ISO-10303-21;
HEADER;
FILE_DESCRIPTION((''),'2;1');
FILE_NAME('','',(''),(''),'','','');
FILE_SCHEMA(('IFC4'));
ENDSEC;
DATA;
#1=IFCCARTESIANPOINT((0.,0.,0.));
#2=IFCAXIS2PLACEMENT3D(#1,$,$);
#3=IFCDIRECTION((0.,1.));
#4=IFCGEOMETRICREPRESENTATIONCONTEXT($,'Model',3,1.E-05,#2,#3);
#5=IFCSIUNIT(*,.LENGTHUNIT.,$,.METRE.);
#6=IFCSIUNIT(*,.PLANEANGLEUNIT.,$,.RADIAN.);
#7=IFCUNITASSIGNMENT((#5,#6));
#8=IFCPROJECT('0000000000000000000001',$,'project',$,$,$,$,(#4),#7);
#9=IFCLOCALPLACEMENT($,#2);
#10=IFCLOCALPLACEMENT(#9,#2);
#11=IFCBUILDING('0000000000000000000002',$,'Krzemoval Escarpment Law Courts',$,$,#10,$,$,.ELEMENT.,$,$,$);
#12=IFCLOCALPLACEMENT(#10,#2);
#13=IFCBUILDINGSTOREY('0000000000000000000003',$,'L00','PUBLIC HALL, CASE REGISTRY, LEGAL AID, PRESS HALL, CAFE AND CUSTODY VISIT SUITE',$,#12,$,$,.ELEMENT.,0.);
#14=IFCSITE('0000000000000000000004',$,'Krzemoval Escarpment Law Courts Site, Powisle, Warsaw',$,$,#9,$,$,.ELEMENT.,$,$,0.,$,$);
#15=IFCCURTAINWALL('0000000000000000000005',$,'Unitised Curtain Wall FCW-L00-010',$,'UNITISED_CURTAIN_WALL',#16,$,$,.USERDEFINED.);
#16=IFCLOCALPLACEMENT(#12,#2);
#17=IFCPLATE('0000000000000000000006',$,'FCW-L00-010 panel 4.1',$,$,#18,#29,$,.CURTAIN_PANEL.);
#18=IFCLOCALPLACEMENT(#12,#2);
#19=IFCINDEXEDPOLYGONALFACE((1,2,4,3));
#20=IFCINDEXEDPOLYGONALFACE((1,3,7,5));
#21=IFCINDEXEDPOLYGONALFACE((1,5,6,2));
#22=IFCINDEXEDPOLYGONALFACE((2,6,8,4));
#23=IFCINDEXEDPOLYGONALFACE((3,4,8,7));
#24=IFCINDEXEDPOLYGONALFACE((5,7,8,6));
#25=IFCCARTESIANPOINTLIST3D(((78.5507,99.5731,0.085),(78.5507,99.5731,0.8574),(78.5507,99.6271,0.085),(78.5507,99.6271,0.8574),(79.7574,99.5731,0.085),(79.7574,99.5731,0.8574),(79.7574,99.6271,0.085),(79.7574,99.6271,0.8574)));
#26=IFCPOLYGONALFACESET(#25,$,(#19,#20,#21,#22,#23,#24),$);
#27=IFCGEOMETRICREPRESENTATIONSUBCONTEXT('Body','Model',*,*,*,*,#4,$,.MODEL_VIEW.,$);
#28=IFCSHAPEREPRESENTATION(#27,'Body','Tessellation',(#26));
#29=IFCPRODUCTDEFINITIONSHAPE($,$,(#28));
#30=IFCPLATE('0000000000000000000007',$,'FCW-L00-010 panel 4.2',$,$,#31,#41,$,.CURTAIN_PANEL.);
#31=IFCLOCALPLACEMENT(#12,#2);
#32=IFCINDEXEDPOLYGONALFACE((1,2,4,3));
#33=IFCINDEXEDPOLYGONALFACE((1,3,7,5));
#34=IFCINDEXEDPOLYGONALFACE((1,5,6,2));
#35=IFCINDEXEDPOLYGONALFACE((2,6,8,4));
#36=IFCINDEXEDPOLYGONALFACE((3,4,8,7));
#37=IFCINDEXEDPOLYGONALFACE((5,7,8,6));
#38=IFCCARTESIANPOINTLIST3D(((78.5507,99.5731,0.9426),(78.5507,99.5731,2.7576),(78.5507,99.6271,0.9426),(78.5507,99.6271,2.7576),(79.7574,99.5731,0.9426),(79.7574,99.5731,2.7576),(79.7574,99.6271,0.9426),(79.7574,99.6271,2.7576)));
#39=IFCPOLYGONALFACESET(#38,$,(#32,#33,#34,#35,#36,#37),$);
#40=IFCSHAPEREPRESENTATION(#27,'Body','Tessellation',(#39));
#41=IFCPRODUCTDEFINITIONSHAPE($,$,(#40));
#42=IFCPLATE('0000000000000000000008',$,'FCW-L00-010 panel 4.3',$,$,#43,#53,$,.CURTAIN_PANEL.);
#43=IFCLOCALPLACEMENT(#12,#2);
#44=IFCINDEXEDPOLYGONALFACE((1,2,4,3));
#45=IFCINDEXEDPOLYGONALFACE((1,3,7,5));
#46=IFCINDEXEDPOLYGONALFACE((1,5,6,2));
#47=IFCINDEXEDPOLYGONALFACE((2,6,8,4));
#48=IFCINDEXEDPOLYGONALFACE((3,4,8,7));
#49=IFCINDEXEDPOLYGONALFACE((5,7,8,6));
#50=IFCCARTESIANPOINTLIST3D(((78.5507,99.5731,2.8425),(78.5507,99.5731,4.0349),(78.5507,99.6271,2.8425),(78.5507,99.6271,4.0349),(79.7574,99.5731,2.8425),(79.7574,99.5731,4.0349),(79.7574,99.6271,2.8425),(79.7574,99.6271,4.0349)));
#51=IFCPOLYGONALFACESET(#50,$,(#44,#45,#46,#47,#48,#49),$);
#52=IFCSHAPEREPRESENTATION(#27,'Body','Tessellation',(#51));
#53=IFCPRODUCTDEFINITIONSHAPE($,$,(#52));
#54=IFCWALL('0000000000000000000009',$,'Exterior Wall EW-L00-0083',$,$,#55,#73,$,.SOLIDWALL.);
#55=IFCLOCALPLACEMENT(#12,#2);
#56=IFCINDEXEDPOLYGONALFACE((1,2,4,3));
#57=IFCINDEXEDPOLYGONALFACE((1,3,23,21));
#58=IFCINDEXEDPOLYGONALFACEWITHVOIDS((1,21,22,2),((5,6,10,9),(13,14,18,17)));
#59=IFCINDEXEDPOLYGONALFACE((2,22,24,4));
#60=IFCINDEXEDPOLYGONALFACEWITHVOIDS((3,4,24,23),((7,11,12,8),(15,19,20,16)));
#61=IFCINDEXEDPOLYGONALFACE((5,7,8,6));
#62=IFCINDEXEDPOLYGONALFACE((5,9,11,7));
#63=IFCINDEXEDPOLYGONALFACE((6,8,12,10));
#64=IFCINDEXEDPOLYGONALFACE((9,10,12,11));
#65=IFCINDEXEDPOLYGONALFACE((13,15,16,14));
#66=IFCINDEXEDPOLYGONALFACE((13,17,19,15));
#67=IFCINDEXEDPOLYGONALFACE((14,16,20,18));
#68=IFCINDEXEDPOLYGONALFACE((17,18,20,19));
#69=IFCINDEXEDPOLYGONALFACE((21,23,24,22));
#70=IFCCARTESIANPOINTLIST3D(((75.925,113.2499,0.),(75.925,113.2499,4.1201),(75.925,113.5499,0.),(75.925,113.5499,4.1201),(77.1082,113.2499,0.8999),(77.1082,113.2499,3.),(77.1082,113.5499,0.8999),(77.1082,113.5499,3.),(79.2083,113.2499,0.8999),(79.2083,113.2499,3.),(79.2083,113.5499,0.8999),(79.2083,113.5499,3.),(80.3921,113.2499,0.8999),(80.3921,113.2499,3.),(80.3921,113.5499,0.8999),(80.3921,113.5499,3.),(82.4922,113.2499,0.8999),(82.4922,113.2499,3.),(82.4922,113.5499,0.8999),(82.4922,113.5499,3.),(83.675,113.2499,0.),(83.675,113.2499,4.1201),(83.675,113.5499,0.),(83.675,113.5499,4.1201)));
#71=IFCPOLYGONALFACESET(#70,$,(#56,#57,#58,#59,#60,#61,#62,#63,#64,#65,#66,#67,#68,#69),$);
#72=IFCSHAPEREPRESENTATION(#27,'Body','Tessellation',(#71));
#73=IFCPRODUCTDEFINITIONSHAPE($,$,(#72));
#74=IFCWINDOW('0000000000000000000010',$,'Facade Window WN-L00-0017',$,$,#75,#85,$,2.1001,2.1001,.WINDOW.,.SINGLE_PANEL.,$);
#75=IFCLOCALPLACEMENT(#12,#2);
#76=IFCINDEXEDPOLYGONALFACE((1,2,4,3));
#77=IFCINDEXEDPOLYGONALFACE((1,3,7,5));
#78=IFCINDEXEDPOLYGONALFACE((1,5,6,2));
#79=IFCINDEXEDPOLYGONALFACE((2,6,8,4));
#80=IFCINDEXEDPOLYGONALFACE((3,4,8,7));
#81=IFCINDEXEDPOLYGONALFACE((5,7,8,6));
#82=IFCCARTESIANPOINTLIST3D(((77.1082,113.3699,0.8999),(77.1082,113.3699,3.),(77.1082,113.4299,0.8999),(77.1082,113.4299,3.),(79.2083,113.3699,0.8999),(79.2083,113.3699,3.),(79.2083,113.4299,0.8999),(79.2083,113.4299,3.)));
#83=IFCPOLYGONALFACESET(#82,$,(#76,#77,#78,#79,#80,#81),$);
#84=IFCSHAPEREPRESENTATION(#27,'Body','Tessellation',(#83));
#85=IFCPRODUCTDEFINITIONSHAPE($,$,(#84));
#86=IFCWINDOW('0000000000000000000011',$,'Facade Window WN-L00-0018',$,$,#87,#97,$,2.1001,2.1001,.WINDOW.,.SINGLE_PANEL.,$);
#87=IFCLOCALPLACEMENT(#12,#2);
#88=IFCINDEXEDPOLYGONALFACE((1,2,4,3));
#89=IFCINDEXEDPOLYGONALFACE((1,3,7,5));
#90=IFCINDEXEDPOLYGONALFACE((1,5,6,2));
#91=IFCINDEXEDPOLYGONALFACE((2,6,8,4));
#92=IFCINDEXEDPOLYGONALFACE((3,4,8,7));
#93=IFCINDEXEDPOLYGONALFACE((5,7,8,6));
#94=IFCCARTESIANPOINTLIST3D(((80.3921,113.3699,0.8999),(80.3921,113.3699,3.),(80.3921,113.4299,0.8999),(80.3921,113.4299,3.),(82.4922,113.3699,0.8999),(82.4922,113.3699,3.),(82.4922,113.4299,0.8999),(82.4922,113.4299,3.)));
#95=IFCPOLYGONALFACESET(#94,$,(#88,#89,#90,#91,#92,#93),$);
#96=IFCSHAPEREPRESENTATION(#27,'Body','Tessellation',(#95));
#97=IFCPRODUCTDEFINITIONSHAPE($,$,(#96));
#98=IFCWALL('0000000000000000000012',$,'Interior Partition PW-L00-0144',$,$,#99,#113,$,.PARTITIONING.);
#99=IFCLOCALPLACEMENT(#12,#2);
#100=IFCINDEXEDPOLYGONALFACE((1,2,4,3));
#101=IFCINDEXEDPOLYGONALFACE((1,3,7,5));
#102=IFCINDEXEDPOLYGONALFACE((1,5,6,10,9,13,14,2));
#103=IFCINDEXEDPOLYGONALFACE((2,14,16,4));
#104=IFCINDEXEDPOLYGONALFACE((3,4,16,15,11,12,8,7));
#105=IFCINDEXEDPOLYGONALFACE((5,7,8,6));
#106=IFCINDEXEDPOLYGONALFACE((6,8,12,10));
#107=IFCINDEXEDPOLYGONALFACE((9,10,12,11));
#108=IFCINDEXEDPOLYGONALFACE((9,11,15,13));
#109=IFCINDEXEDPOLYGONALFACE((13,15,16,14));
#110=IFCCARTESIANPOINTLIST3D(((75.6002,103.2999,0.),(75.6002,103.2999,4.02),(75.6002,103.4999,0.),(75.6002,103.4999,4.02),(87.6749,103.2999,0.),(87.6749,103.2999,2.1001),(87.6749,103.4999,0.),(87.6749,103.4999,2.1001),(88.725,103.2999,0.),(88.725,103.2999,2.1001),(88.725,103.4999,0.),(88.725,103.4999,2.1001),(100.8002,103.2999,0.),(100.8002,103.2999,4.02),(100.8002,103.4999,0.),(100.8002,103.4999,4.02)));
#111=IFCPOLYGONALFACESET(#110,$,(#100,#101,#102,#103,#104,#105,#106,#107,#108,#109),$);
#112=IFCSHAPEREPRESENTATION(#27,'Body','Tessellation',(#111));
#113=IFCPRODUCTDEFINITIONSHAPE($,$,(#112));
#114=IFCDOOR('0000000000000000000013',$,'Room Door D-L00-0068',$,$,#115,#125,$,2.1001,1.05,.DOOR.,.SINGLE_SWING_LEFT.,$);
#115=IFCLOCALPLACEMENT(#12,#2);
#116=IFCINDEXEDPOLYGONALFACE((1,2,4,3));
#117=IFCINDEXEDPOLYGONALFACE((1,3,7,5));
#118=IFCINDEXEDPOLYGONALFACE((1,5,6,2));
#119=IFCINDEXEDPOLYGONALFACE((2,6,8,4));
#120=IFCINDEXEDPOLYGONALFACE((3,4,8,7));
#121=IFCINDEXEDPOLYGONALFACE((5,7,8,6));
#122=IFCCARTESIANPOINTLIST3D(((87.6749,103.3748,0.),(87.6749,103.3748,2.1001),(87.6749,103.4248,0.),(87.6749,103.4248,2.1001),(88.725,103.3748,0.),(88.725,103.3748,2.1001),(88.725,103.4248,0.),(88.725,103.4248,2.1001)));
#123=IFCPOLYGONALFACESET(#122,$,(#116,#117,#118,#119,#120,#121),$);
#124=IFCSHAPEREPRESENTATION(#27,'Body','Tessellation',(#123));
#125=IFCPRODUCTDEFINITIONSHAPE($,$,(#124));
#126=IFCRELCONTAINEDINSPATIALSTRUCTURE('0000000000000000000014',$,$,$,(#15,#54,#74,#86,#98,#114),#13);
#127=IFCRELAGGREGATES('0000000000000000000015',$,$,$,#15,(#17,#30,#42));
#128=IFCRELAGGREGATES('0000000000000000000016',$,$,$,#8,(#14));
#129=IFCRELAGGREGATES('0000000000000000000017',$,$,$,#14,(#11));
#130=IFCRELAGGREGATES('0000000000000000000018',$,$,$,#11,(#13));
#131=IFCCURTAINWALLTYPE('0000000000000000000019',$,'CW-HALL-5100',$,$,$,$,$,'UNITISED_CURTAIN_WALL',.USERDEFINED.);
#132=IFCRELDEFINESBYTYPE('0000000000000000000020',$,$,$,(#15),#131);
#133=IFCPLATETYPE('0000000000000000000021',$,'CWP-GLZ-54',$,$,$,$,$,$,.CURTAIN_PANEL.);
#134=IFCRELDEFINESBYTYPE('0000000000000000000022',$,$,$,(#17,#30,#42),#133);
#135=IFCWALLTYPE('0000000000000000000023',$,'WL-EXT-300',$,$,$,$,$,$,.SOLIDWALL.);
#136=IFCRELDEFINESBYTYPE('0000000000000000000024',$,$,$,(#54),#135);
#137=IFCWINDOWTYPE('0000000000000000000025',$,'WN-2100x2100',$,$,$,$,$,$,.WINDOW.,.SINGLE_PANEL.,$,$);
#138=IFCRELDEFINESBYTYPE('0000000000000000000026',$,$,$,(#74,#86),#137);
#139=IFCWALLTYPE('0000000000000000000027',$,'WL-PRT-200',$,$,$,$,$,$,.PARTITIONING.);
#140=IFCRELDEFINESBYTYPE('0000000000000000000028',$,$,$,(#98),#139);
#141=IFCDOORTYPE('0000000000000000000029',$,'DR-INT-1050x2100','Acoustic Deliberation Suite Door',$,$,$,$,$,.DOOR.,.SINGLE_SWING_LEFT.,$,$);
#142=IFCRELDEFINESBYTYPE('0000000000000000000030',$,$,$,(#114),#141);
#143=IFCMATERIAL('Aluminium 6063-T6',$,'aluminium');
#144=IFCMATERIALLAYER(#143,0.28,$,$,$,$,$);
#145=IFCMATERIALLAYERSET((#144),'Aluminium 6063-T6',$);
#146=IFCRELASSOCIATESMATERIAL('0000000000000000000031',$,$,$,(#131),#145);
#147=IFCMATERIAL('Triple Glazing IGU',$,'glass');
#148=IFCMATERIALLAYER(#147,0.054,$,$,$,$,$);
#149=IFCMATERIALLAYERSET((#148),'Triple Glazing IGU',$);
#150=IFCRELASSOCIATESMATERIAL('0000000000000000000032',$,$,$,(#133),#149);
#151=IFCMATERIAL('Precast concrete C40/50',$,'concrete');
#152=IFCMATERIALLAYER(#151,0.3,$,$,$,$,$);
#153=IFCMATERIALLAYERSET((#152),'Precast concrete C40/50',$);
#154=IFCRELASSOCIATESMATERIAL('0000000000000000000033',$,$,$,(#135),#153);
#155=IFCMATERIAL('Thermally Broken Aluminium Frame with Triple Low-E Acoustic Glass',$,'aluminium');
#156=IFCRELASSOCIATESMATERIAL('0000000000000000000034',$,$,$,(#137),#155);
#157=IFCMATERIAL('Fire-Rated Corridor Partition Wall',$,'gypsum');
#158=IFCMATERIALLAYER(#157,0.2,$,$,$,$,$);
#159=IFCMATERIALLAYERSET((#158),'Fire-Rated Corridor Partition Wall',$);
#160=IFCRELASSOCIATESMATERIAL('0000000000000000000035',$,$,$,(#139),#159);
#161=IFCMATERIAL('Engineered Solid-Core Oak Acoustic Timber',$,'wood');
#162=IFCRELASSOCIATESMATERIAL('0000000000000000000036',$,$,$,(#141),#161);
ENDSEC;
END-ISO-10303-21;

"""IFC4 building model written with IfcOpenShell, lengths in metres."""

from ifc_helpers import new_model, si_unit, direction, frame, frame_2d, origin, origin_2d, place, context, subcontext, project, spatial, rectangle, extrude, material, layer, layer_set, type_object, element, fill, aggregate, save


model = new_model("IFC4")

# Units and contexts
model_context = context("Model", 3, precision=1e-05, world=origin(), true_north=direction((0.0, 1.0)))
body_context = subcontext(model_context, "Body", "Model", "MODEL_VIEW")
ifc_project = project(units=[si_unit("LENGTHUNIT", "METRE"), si_unit("PLANEANGLEUNIT", "RADIAN")], contexts=[model_context])

# Site, building, storey
site_placement = place(None, origin())
site = spatial("IfcSite", under=ifc_project, at=site_placement, Name="Krzemoval Escarpment Law Courts Site, Powisle, Warsaw", CompositionType="ELEMENT", RefElevation=0.0)
building_placement = place(site_placement, origin())
building = spatial("IfcBuilding", under=site, at=building_placement, Name="Krzemoval Escarpment Law Courts", CompositionType="ELEMENT")
storey_placement = place(building_placement, origin())
storey = spatial("IfcBuildingStorey", under=building, at=storey_placement, Name="L00", Description="PUBLIC HALL, CASE REGISTRY, LEGAL AID, PRESS HALL, CAFE AND CUSTODY VISIT SUITE", CompositionType="ELEMENT", Elevation=0.0)

# Curtain wall
ifc_material_1 = material(Name="Aluminium 6063-T6", Category="aluminium")
ifc_layer_1 = layer(ifc_material_1, 0.28)
ifc_layer_set_1 = layer_set([ifc_layer_1], Name="Aluminium 6063-T6")
curtain_wall_type = type_object("IfcCurtainWallType", Name="CW-HALL-5100", ElementType="UNITISED_CURTAIN_WALL", PredefinedType="USERDEFINED", material=ifc_layer_set_1)
curtain_wall_placement = place(storey_placement, origin())
curtain_wall = element("IfcCurtainWall", 1, at=curtain_wall_placement, inside=storey, type_object=curtain_wall_type, Name="Unitised Curtain Wall FCW-L00-010", ObjectType="UNITISED_CURTAIN_WALL", PredefinedType="USERDEFINED")

# Plates
ifc_material_2 = material(Name="Triple Glazing IGU", Category="glass")
ifc_layer_2 = layer(ifc_material_2, 0.054)
ifc_layer_set_2 = layer_set([ifc_layer_2], Name="Triple Glazing IGU")
plate_type = type_object("IfcPlateType", Name="CWP-GLZ-54", PredefinedType="CURTAIN_PANEL", material=ifc_layer_set_2)
plate_1_placement = place(storey_placement, frame((79.1541, 99.6001, 0.085), z_axis=(0.0, 0.0, 1.0), x_axis=(-1.0, 0.0, 0.0)))
plate_1 = element("IfcPlate", 2, at=plate_1_placement, type_object=plate_type, Name="FCW-L00-010 panel 4.1", PredefinedType="CURTAIN_PANEL", context=body_context, shape_type="SweptSolid", body=[
    extrude(rectangle(XDim=1.2068, YDim=0.054, at=origin_2d()), origin(), (0.0, 0.0, 1.0), 0.7725),
])
plate_2_placement = place(storey_placement, frame((79.1541, 99.6001, 0.9426), z_axis=(0.0, 0.0, 1.0), x_axis=(-1.0, 0.0, 0.0)))
plate_2 = element("IfcPlate", 3, at=plate_2_placement, type_object=plate_type, Name="FCW-L00-010 panel 4.2", PredefinedType="CURTAIN_PANEL", context=body_context, shape_type="SweptSolid", body=[
    extrude(rectangle(XDim=1.2068, YDim=0.054, at=origin_2d()), origin(), (0.0, 0.0, 1.0), 1.8149),
])
plate_3_placement = place(storey_placement, frame((79.1541, 99.6001, 2.8425), z_axis=(0.0, 0.0, 1.0), x_axis=(-1.0, 0.0, 0.0)))
plate_3 = element("IfcPlate", 4, at=plate_3_placement, type_object=plate_type, Name="FCW-L00-010 panel 4.3", PredefinedType="CURTAIN_PANEL", context=body_context, shape_type="SweptSolid", body=[
    extrude(rectangle(XDim=1.2068, YDim=0.054, at=origin_2d()), origin(), (0.0, 0.0, 1.0), 1.1924),
])
aggregate(curtain_wall, [plate_1, plate_2, plate_3])

# Wall, openings, windows
ifc_material_3 = material(Name="Precast concrete C40/50", Category="concrete")
ifc_layer_3 = layer(ifc_material_3, 0.3)
ifc_layer_set_3 = layer_set([ifc_layer_3], Name="Precast concrete C40/50")
wall_type_1 = type_object("IfcWallType", Name="WL-EXT-300", PredefinedType="SOLIDWALL", material=ifc_layer_set_3)
wall_1_placement = place(storey_placement, frame((75.925, 113.3999, 0.0), z_axis=(0.0, 0.0, 1.0), x_axis=(1.0, 0.0, 0.0)))
wall_1 = element("IfcWall", 5, at=wall_1_placement, inside=storey, type_object=wall_type_1, Name="Exterior Wall EW-L00-0083", PredefinedType="SOLIDWALL", context=body_context, shape_type="SweptSolid", body=[
    extrude(rectangle(XDim=7.75, YDim=0.3, at=frame_2d((3.875, 0.0))), origin(), (0.0, 0.0, 1.0), 4.1201),
])
opening_1_placement = place(wall_1_placement, frame((1.1831, 0.0, 0.8999)))
opening_1 = element("IfcOpeningElement", 6, at=opening_1_placement, cuts=wall_1, PredefinedType="OPENING", context=body_context, shape_type="SweptSolid", body=[
    extrude(rectangle(XDim=2.1001, YDim=2.1001, at=frame_2d((1.05, 1.05))), frame((0.0, 0.165, 0.0), z_axis=(0.0, -1.0, 0.0), x_axis=(1.0, 0.0, 0.0)), (0.0, 0.0, 1.0), 0.3301),
])
opening_2_placement = place(wall_1_placement, frame((4.467, 0.0, 0.8999)))
opening_2 = element("IfcOpeningElement", 7, at=opening_2_placement, cuts=wall_1, PredefinedType="OPENING", context=body_context, shape_type="SweptSolid", body=[
    extrude(rectangle(XDim=2.1001, YDim=2.1001, at=frame_2d((1.05, 1.05))), frame((0.0, 0.165, 0.0), z_axis=(0.0, -1.0, 0.0), x_axis=(1.0, 0.0, 0.0)), (0.0, 0.0, 1.0), 0.3301),
])
ifc_material_4 = material(Name="Thermally Broken Aluminium Frame with Triple Low-E Acoustic Glass", Category="aluminium")
window_type = type_object("IfcWindowType", Name="WN-2100x2100", PartitioningType="SINGLE_PANEL", PredefinedType="WINDOW", material=ifc_material_4)
window_1_placement = place(opening_1_placement, origin())
window_1 = element("IfcWindow", 8, at=window_1_placement, inside=storey, type_object=window_type, Name="Facade Window WN-L00-0017", OverallHeight=2.1001, OverallWidth=2.1001, PartitioningType="SINGLE_PANEL", PredefinedType="WINDOW", context=body_context, shape_type="SweptSolid", body=[
    extrude(rectangle(XDim=2.1001, YDim=2.1001, at=frame_2d((1.05, 1.05))), frame((0.0, 0.03, 0.0), z_axis=(0.0, -1.0, 0.0), x_axis=(1.0, 0.0, 0.0)), (0.0, 0.0, 1.0), 0.0601),
])
fill(opening_1, window_1)
window_2_placement = place(opening_2_placement, origin())
window_2 = element("IfcWindow", 9, at=window_2_placement, inside=storey, type_object=window_type, Name="Facade Window WN-L00-0018", OverallHeight=2.1001, OverallWidth=2.1001, PartitioningType="SINGLE_PANEL", PredefinedType="WINDOW", context=body_context, shape_type="SweptSolid", body=[
    extrude(rectangle(XDim=2.1001, YDim=2.1001, at=frame_2d((1.05, 1.05))), frame((0.0, 0.03, 0.0), z_axis=(0.0, -1.0, 0.0), x_axis=(1.0, 0.0, 0.0)), (0.0, 0.0, 1.0), 0.0601),
])
fill(opening_2, window_2)

# Wall, opening, door
ifc_material_5 = material(Name="Fire-Rated Corridor Partition Wall", Category="gypsum")
ifc_layer_4 = layer(ifc_material_5, 0.2)
ifc_layer_set_4 = layer_set([ifc_layer_4], Name="Fire-Rated Corridor Partition Wall")
wall_type_2 = type_object("IfcWallType", Name="WL-PRT-200", PredefinedType="PARTITIONING", material=ifc_layer_set_4)
wall_2_placement = place(storey_placement, frame((75.6001, 103.3999, 0.0), z_axis=(0.0, 0.0, 1.0), x_axis=(1.0, 0.0, 0.0)))
wall_2 = element("IfcWall", 10, at=wall_2_placement, inside=storey, type_object=wall_type_2, Name="Interior Partition PW-L00-0144", PredefinedType="PARTITIONING", context=body_context, shape_type="SweptSolid", body=[
    extrude(rectangle(XDim=25.2, YDim=0.2, at=frame_2d((12.6001, 0.0))), origin(), (0.0, 0.0, 1.0), 4.02),
])
opening_3_placement = place(wall_2_placement, frame((12.075, 0.0, 0.0)))
opening_3 = element("IfcOpeningElement", 11, at=opening_3_placement, cuts=wall_2, PredefinedType="OPENING", context=body_context, shape_type="SweptSolid", body=[
    extrude(rectangle(XDim=1.05, YDim=2.1001, at=frame_2d((0.5249, 1.05))), frame((0.0, 0.115, 0.0), z_axis=(0.0, -1.0, 0.0), x_axis=(1.0, 0.0, 0.0)), (0.0, 0.0, 1.0), 0.2299),
])
ifc_material_6 = material(Name="Engineered Solid-Core Oak Acoustic Timber", Category="wood")
door_type = type_object("IfcDoorType", Name="DR-INT-1050x2100", Description="Acoustic Deliberation Suite Door", OperationType="SINGLE_SWING_LEFT", PredefinedType="DOOR", material=ifc_material_6)
door_placement = place(opening_3_placement, origin())
door = element("IfcDoor", 12, at=door_placement, inside=storey, type_object=door_type, Name="Room Door D-L00-0068", OperationType="SINGLE_SWING_LEFT", OverallHeight=2.1001, OverallWidth=1.05, PredefinedType="DOOR", context=body_context, shape_type="SweptSolid", body=[
    extrude(rectangle(XDim=1.05, YDim=2.1001, at=frame_2d((0.5249, 1.05))), frame((0.0, 0.0249, 0.0), z_axis=(0.0, -1.0, 0.0), x_axis=(1.0, 0.0, 0.0)), (0.0, 0.0, 1.0), 0.05),
])
fill(opening_3, door)

save(model, "model.ifc")
